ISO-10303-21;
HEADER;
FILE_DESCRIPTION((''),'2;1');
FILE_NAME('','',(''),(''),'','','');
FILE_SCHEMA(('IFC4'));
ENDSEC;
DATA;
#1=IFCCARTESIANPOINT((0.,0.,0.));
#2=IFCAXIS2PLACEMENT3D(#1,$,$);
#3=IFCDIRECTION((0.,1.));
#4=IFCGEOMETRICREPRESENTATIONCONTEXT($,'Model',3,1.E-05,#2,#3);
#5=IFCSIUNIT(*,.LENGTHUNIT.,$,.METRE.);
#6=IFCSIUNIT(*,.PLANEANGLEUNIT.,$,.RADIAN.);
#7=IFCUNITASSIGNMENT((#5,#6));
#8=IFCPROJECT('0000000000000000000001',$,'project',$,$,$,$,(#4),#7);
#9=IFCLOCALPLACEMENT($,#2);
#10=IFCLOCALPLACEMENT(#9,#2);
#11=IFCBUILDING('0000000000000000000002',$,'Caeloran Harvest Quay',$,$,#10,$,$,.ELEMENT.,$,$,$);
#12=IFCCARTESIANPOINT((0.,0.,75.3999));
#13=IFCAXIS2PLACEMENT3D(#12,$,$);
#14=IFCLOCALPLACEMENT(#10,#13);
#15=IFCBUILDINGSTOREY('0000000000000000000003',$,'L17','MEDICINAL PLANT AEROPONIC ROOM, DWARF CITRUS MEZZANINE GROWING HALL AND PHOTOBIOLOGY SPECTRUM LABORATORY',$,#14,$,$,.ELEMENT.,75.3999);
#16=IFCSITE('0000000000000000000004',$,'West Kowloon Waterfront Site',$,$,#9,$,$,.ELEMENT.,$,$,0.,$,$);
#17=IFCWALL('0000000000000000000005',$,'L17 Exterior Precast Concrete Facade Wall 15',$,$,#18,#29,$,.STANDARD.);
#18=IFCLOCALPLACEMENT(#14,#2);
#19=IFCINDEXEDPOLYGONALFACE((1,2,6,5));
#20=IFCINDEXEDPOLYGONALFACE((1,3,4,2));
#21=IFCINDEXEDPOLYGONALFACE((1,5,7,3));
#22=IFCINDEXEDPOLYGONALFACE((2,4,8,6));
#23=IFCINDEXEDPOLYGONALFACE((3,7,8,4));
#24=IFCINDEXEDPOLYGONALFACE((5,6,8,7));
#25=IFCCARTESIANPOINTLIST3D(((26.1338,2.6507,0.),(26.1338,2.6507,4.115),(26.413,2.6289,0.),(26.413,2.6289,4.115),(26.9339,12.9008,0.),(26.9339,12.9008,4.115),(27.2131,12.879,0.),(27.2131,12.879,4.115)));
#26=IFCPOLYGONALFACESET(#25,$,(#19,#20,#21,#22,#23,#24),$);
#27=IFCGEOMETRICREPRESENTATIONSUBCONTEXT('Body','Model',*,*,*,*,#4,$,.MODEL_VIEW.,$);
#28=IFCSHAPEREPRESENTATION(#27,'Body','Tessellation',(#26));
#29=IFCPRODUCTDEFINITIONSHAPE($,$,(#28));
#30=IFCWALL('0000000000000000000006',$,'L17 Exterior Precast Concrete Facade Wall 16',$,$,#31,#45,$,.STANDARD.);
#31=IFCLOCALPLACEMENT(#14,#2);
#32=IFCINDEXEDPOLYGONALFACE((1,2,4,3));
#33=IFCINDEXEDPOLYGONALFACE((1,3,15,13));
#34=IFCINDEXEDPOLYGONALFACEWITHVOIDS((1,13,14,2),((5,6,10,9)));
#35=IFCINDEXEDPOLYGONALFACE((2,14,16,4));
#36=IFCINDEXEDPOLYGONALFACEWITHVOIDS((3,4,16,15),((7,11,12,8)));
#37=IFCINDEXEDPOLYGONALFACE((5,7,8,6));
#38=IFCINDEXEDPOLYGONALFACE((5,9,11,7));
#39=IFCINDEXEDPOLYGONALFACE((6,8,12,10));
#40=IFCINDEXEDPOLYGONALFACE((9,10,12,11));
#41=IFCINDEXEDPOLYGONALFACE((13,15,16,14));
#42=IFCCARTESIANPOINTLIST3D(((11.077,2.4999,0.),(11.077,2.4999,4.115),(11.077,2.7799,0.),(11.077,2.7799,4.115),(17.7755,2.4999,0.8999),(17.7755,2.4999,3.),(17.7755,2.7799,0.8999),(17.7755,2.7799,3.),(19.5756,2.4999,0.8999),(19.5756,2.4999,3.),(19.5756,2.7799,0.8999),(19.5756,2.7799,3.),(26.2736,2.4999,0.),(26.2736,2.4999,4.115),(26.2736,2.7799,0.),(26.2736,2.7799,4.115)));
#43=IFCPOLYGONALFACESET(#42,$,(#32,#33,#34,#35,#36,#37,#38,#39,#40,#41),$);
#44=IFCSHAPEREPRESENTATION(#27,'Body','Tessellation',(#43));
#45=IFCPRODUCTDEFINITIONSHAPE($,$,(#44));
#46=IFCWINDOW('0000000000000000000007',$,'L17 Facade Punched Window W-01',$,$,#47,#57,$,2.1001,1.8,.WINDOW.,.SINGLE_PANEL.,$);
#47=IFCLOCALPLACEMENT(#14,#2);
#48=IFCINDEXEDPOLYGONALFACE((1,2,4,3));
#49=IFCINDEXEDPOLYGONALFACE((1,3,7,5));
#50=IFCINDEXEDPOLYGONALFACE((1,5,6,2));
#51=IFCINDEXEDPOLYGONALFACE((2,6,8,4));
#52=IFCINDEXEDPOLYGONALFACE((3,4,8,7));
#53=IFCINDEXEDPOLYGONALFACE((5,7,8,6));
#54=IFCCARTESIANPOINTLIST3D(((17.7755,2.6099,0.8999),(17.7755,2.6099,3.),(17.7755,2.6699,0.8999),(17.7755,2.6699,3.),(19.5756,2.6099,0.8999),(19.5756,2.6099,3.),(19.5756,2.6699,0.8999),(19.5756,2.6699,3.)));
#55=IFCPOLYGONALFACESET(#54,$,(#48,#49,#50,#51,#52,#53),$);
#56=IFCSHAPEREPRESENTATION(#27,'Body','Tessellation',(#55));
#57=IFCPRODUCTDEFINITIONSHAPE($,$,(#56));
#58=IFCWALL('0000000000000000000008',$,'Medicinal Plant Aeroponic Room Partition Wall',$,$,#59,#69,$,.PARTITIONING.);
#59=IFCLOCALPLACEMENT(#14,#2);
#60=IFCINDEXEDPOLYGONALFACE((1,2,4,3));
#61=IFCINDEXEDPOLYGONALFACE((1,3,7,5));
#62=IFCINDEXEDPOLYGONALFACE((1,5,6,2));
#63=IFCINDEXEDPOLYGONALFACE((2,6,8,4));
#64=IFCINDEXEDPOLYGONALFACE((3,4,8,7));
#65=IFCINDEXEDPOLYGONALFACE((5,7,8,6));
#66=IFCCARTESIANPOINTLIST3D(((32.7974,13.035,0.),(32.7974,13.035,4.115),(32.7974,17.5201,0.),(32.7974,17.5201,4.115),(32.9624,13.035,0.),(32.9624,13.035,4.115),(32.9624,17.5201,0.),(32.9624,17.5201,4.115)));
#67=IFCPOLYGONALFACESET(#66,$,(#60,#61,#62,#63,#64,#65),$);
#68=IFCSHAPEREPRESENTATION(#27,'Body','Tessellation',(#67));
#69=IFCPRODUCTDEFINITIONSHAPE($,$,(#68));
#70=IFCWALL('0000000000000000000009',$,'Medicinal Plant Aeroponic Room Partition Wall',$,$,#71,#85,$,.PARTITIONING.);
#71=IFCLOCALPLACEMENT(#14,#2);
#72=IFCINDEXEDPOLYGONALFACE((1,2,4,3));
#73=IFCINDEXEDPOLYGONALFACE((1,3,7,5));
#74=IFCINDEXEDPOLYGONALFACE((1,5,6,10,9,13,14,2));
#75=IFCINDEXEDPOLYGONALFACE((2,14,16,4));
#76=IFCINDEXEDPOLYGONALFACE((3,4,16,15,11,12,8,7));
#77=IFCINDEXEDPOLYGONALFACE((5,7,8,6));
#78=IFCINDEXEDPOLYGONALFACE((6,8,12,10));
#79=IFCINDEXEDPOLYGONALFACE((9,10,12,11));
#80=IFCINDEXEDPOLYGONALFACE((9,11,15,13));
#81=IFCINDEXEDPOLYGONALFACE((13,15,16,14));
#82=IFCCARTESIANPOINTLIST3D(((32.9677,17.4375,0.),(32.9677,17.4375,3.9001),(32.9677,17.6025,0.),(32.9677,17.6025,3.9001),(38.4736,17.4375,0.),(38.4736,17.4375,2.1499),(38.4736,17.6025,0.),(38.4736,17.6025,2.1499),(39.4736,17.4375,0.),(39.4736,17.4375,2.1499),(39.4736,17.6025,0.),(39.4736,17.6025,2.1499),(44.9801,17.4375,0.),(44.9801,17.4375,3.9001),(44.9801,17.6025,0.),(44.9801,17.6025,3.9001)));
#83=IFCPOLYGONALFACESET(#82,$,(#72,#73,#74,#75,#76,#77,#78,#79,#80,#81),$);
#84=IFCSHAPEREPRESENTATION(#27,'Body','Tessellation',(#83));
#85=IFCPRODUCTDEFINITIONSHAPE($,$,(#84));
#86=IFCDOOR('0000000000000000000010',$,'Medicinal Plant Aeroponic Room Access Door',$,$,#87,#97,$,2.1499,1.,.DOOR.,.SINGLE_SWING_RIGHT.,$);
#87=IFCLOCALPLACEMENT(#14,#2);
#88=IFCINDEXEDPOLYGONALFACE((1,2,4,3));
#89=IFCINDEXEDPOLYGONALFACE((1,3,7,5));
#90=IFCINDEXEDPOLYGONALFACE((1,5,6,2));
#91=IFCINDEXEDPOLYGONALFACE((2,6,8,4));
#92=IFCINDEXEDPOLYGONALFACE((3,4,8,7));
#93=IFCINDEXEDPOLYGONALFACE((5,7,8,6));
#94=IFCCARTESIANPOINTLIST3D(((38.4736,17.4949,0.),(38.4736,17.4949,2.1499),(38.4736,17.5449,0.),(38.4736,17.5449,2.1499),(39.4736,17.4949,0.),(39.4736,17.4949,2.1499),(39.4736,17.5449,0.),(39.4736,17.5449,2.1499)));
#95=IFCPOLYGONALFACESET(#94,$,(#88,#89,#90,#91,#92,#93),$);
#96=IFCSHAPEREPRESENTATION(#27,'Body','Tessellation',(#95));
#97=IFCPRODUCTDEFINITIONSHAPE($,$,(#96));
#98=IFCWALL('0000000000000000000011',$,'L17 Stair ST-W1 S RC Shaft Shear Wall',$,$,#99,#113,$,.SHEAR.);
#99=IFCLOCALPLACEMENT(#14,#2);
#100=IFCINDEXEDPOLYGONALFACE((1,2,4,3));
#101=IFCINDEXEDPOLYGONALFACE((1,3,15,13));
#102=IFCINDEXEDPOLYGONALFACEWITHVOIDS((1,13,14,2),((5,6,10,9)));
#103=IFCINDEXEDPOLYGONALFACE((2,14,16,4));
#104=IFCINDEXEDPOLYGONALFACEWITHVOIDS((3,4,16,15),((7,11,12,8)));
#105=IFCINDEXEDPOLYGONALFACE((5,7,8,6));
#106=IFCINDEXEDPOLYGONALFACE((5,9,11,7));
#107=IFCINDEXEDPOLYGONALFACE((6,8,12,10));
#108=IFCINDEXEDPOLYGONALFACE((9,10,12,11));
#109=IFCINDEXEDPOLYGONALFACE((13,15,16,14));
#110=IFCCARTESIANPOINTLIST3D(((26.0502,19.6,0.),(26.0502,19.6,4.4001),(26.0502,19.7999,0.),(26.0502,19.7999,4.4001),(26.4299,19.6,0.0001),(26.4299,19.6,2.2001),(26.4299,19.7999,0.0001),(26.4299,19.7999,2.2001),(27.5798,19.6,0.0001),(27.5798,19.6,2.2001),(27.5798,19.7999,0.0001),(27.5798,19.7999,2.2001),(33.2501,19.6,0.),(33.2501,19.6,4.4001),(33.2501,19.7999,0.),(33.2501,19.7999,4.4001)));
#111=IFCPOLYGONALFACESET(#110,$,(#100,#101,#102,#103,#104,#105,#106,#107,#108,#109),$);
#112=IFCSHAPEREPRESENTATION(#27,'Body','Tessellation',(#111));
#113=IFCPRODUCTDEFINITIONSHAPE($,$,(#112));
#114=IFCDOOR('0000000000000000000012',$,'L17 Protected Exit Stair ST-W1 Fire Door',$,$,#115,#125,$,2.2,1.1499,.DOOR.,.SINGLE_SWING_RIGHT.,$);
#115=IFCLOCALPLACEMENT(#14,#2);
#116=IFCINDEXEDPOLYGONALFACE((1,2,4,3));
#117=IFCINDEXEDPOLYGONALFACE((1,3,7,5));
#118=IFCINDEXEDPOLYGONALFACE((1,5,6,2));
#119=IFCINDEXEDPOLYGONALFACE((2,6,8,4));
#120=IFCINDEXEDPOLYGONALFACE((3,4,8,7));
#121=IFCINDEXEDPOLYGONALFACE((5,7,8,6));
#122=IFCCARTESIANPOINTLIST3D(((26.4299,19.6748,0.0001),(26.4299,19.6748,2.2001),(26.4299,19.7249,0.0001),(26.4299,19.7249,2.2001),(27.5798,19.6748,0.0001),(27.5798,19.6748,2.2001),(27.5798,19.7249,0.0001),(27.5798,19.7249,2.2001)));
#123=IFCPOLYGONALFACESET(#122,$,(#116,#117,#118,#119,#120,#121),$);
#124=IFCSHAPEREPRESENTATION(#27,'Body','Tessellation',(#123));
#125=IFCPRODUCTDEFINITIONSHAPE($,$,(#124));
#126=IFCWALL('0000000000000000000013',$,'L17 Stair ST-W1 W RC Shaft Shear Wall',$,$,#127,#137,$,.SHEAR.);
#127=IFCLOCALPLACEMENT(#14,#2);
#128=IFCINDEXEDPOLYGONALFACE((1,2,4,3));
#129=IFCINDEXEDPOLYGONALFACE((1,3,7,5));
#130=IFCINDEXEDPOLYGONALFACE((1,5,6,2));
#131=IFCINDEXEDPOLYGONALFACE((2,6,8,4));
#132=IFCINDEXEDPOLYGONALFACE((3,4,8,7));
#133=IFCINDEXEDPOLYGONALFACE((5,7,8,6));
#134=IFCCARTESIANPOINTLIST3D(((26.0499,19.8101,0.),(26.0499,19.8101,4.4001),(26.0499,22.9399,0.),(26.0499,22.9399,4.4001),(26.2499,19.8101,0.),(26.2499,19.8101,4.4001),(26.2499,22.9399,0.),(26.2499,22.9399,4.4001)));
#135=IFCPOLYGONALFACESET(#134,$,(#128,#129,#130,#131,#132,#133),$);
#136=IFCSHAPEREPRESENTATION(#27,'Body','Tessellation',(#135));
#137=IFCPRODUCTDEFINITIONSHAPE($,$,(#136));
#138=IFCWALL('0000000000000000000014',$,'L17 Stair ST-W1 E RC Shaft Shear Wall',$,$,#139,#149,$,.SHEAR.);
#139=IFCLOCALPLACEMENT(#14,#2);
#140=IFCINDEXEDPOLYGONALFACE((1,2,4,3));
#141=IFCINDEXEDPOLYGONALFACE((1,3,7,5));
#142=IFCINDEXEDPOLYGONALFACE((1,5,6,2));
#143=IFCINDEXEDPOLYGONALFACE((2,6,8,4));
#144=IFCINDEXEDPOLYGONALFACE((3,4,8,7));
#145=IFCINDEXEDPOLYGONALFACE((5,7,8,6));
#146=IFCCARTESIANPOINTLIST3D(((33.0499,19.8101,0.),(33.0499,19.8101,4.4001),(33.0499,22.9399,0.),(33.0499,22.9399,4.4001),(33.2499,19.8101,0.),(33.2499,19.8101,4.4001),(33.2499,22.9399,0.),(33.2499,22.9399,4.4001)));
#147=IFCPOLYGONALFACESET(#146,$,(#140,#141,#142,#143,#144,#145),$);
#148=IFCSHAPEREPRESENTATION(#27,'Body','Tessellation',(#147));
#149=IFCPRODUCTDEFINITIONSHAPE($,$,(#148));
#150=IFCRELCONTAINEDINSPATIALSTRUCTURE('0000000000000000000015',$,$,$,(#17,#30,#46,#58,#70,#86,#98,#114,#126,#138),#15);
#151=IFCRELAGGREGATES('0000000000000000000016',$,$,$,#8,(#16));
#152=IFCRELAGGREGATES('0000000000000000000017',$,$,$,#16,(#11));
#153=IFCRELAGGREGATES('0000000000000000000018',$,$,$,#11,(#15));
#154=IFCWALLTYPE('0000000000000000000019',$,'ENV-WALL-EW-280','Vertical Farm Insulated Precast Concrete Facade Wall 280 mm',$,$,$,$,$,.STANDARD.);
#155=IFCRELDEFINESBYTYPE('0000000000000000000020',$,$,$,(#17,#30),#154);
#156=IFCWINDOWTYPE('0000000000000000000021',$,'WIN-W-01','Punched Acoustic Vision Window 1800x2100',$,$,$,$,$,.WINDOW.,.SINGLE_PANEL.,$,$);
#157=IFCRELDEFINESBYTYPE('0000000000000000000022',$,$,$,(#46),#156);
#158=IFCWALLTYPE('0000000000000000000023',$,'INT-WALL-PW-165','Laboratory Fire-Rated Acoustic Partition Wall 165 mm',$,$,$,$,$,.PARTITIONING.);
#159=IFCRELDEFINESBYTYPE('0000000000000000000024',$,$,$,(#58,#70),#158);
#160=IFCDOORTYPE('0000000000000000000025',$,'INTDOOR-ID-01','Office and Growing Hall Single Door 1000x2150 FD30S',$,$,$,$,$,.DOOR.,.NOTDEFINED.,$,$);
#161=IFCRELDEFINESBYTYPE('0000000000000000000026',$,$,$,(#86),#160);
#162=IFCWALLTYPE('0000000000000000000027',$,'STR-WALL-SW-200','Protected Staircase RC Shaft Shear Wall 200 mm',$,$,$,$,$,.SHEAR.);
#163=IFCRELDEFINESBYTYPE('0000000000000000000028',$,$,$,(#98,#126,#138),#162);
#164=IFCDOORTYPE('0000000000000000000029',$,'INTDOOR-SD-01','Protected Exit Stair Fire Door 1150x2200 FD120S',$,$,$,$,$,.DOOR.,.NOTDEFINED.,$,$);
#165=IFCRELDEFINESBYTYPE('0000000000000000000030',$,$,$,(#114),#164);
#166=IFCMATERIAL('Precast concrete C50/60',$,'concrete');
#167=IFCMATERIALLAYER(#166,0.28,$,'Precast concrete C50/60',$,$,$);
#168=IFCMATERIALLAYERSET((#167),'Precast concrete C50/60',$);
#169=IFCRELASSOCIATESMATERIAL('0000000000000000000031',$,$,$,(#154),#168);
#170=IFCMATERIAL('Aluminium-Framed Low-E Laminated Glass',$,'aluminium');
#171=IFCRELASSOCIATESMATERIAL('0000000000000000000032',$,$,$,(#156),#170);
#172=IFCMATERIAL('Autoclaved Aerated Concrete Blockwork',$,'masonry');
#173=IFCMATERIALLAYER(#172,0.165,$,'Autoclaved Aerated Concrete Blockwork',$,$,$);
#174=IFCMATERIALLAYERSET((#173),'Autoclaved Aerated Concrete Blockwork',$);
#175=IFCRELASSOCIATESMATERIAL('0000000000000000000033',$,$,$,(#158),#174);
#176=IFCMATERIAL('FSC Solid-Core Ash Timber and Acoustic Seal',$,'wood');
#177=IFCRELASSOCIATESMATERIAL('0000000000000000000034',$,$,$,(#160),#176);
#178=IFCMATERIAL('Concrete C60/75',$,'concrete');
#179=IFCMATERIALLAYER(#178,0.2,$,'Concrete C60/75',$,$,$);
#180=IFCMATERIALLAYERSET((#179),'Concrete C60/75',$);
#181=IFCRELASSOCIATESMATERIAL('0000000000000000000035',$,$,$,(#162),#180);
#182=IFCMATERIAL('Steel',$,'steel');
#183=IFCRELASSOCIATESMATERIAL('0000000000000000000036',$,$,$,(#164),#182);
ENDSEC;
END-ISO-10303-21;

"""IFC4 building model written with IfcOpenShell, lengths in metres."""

from ifc_helpers import new_model, si_unit, direction, frame, frame_2d, origin, place, context, subcontext, project, spatial, rectangle, extrude, material, layer, layer_set, type_object, element, fill, save


model = new_model("IFC4")

# Units and contexts
model_context = context("Model", 3, precision=1e-05, world=origin(), true_north=direction((0.0, 1.0)))
body_context = subcontext(model_context, "Body", "Model", "MODEL_VIEW")
ifc_project = project(units=[si_unit("LENGTHUNIT", "METRE"), si_unit("PLANEANGLEUNIT", "RADIAN")], contexts=[model_context])

# Site, building, storey
site_placement = place(None, origin())
site = spatial("IfcSite", under=ifc_project, at=site_placement, Name="West Kowloon Waterfront Site", CompositionType="ELEMENT", RefElevation=0.0)
building_placement = place(site_placement, origin())
building = spatial("IfcBuilding", under=site, at=building_placement, Name="Caeloran Harvest Quay", CompositionType="ELEMENT")
storey_placement = place(building_placement, frame((0.0, 0.0, 75.3999)))
storey = spatial("IfcBuildingStorey", under=building, at=storey_placement, Name="L17", Description="MEDICINAL PLANT AEROPONIC ROOM, DWARF CITRUS MEZZANINE GROWING HALL AND PHOTOBIOLOGY SPECTRUM LABORATORY", CompositionType="ELEMENT", Elevation=75.3999)

# Shared definitions
ifc_material_1 = material(Name="Precast concrete C50/60", Category="concrete")

# Shared definitions
ifc_layer_1 = layer(ifc_material_1, 0.28, Name="Precast concrete C50/60")
ifc_layer_set_1 = layer_set([ifc_layer_1], Name="Precast concrete C50/60")
wall_type_1 = type_object("IfcWallType", Name="ENV-WALL-EW-280", Description="Vertical Farm Insulated Precast Concrete Facade Wall 280 mm", PredefinedType="STANDARD", material=ifc_layer_set_1)
ifc_material_2 = material(Name="Aluminium-Framed Low-E Laminated Glass", Category="aluminium")
window_type = type_object("IfcWindowType", Name="WIN-W-01", Description="Punched Acoustic Vision Window 1800x2100", PartitioningType="SINGLE_PANEL", PredefinedType="WINDOW", material=ifc_material_2)

# Wall
wall_1_placement = place(storey_placement, frame((27.0735, 12.8899, 0.0), z_axis=(0.0, 0.0, 1.0), x_axis=(-0.077817, -0.996968, 0.0)))
element("IfcWall", 1, at=wall_1_placement, inside=storey, type_object=wall_type_1, Name="L17 Exterior Precast Concrete Facade Wall 15", PredefinedType="STANDARD", context=body_context, shape_type="SweptSolid", body=[
    extrude(rectangle(XDim=10.2812, YDim=0.28, at=frame_2d((5.1406, 0.0))), origin(), (0.0, 0.0, 1.0), 4.115),
])

# Wall, opening, window
wall_2_placement = place(storey_placement, frame((26.2734, 2.6399, 0.0), z_axis=(0.0, 0.0, 1.0), x_axis=(-1.0, 0.0, 0.0)))
wall_2 = element("IfcWall", 2, at=wall_2_placement, inside=storey, type_object=wall_type_1, Name="L17 Exterior Precast Concrete Facade Wall 16", PredefinedType="STANDARD", context=body_context, shape_type="SweptSolid", body=[
    extrude(rectangle(XDim=15.1965, YDim=0.28, at=frame_2d((7.5981, 0.0))), origin(), (0.0, 0.0, 1.0), 4.115),
])
opening_1_placement = place(wall_2_placement, frame((6.698, 0.0, 0.8999)))
opening_1 = element("IfcOpeningElement", 3, at=opening_1_placement, cuts=wall_2, PredefinedType="OPENING", context=body_context, shape_type="SweptSolid", body=[
    extrude(rectangle(XDim=1.8, YDim=2.1001, at=frame_2d((0.8999, 1.05))), frame((0.0, 0.1499, 0.0), z_axis=(0.0, -1.0, 0.0), x_axis=(1.0, 0.0, 0.0)), (0.0, 0.0, 1.0), 0.3),
])
window_1_placement = place(opening_1_placement, origin())
window_1 = element("IfcWindow", 4, at=window_1_placement, inside=storey, type_object=window_type, Name="L17 Facade Punched Window W-01", OverallHeight=2.1001, OverallWidth=1.8, PartitioningType="SINGLE_PANEL", PredefinedType="WINDOW", context=body_context, shape_type="SweptSolid", body=[
    extrude(rectangle(XDim=1.8, YDim=2.1001, at=frame_2d((0.8999, 1.05))), frame((0.0, 0.03, 0.0), z_axis=(0.0, -1.0, 0.0), x_axis=(1.0, 0.0, 0.0)), (0.0, 0.0, 1.0), 0.0601),
])
fill(opening_1, window_1)

# Wall
ifc_material_3 = material(Name="Autoclaved Aerated Concrete Blockwork", Category="masonry")
ifc_layer_2 = layer(ifc_material_3, 0.165, Name="Autoclaved Aerated Concrete Blockwork")
ifc_layer_set_2 = layer_set([ifc_layer_2], Name="Autoclaved Aerated Concrete Blockwork")
wall_type_2 = type_object("IfcWallType", Name="INT-WALL-PW-165", Description="Laboratory Fire-Rated Acoustic Partition Wall 165 mm", PredefinedType="PARTITIONING", material=ifc_layer_set_2)
wall_3_placement = place(storey_placement, frame((32.8799, 13.0349, 0.0), z_axis=(0.0, 0.0, 1.0), x_axis=(0.0, 1.0, 0.0)))
element("IfcWall", 5, at=wall_3_placement, inside=storey, type_object=wall_type_2, Name="Medicinal Plant Aeroponic Room Partition Wall", PredefinedType="PARTITIONING", context=body_context, shape_type="SweptSolid", body=[
    extrude(rectangle(XDim=4.4851, YDim=0.165, at=frame_2d((2.2427, 0.0))), origin(), (0.0, 0.0, 1.0), 4.115),
])

# Walls, openings, doors
wall_4_placement = place(storey_placement, frame((32.9675, 17.52, 0.0), z_axis=(0.0, 0.0, 1.0), x_axis=(1.0, 0.0, 0.0)))
wall_4 = element("IfcWall", 6, at=wall_4_placement, inside=storey, type_object=wall_type_2, Name="Medicinal Plant Aeroponic Room Partition Wall", PredefinedType="PARTITIONING", context=body_context, shape_type="SweptSolid", body=[
    extrude(rectangle(XDim=12.0125, YDim=0.165, at=frame_2d((6.0063, 0.0))), origin(), (0.0, 0.0, 1.0), 3.9001),
])
opening_2_placement = place(wall_4_placement, frame((5.5061, 0.0, 0.0)))
opening_2 = element("IfcOpeningElement", 7, at=opening_2_placement, cuts=wall_4, PredefinedType="OPENING", context=body_context, shape_type="SweptSolid", body=[
    extrude(rectangle(XDim=1.0, YDim=2.1499, at=frame_2d((0.5, 1.075))), frame((0.0, 0.0925, 0.0), z_axis=(0.0, -1.0, 0.0), x_axis=(1.0, 0.0, 0.0)), (0.0, 0.0, 1.0), 0.1851),
])
ifc_material_4 = material(Name="FSC Solid-Core Ash Timber and Acoustic Seal", Category="wood")
door_type_1 = type_object("IfcDoorType", Name="INTDOOR-ID-01", Description="Office and Growing Hall Single Door 1000x2150 FD30S", OperationType="NOTDEFINED", PredefinedType="DOOR", material=ifc_material_4)
door_1_placement = place(opening_2_placement, origin())
door_1 = element("IfcDoor", 8, at=door_1_placement, inside=storey, type_object=door_type_1, Name="Medicinal Plant Aeroponic Room Access Door", OperationType="SINGLE_SWING_RIGHT", OverallHeight=2.1499, OverallWidth=1.0, PredefinedType="DOOR", context=body_context, shape_type="SweptSolid", body=[
    extrude(rectangle(XDim=1.0, YDim=2.1499, at=frame_2d((0.5, 1.075))), frame((0.0, 0.0249, 0.0), z_axis=(0.0, -1.0, 0.0), x_axis=(1.0, 0.0, 0.0)), (0.0, 0.0, 1.0), 0.05),
])
fill(opening_2, door_1)
ifc_material_5 = material(Name="Concrete C60/75", Category="concrete")
ifc_layer_3 = layer(ifc_material_5, 0.2, Name="Concrete C60/75")
ifc_layer_set_3 = layer_set([ifc_layer_3], Name="Concrete C60/75")
wall_type_3 = type_object("IfcWallType", Name="STR-WALL-SW-200", Description="Protected Staircase RC Shaft Shear Wall 200 mm", PredefinedType="SHEAR", material=ifc_layer_set_3)
wall_5_placement = place(storey_placement, frame((26.05, 19.7, 0.0), z_axis=(0.0, 0.0, 1.0), x_axis=(1.0, 0.0, 0.0)))
wall_5 = element("IfcWall", 9, at=wall_5_placement, inside=storey, type_object=wall_type_3, Name="L17 Stair ST-W1 S RC Shaft Shear Wall", PredefinedType="SHEAR", context=body_context, shape_type="SweptSolid", body=[
    extrude(rectangle(XDim=7.2, YDim=0.2, at=frame_2d((3.6001, 0.0))), origin(), (0.0, 0.0, 1.0), 4.4001),
])
opening_3_placement = place(wall_5_placement, frame((0.3799, 0.0, 0.0)))
opening_3 = element("IfcOpeningElement", 10, at=opening_3_placement, cuts=wall_5, PredefinedType="OPENING", context=body_context, shape_type="SweptSolid", body=[
    extrude(rectangle(XDim=1.1499, YDim=2.2, at=frame_2d((0.575, 1.1001))), frame((0.0, 0.1099, 0.0), z_axis=(0.0, -1.0, 0.0), x_axis=(1.0, 0.0, 0.0)), (0.0, 0.0, 1.0), 0.22),
])
ifc_material_6 = material(Name="Steel", Category="steel")
door_type_2 = type_object("IfcDoorType", Name="INTDOOR-SD-01", Description="Protected Exit Stair Fire Door 1150x2200 FD120S", OperationType="NOTDEFINED", PredefinedType="DOOR", material=ifc_material_6)
door_2_placement = place(opening_3_placement, origin())
door_2 = element("IfcDoor", 11, at=door_2_placement, inside=storey, type_object=door_type_2, Name="L17 Protected Exit Stair ST-W1 Fire Door", OperationType="SINGLE_SWING_RIGHT", OverallHeight=2.2, OverallWidth=1.1499, PredefinedType="DOOR", context=body_context, shape_type="SweptSolid", body=[
    extrude(rectangle(XDim=1.1499, YDim=2.2, at=frame_2d((0.575, 1.1001))), frame((0.0, 0.0249, 0.0), z_axis=(0.0, -1.0, 0.0), x_axis=(1.0, 0.0, 0.0)), (0.0, 0.0, 1.0), 0.05),
])
fill(opening_3, door_2)

# Walls
for number, where, z_axis, x_axis, name in (
    (12, (26.1499, 19.8101, 0.0), (0.0, 0.0, 1.0), (0.0, 1.0, 0.0), "L17 Stair ST-W1 W RC Shaft Shear Wall"),
    (13, (33.1499, 19.8101, 0.0), (0.0, 0.0, 1.0), (0.0, 1.0, 0.0), "L17 Stair ST-W1 E RC Shaft Shear Wall"),
):
    element("IfcWall", number, at=place(storey_placement, frame(where, z_axis=z_axis, x_axis=x_axis)), inside=storey, type_object=wall_type_3, Name=name, PredefinedType="SHEAR", context=body_context, shape_type="SweptSolid", body=[
        extrude(rectangle(XDim=3.1299, YDim=0.2, at=frame_2d((1.5649, 0.0))), origin(), (0.0, 0.0, 1.0), 4.4001),
    ])

save(model, "model.ifc")
